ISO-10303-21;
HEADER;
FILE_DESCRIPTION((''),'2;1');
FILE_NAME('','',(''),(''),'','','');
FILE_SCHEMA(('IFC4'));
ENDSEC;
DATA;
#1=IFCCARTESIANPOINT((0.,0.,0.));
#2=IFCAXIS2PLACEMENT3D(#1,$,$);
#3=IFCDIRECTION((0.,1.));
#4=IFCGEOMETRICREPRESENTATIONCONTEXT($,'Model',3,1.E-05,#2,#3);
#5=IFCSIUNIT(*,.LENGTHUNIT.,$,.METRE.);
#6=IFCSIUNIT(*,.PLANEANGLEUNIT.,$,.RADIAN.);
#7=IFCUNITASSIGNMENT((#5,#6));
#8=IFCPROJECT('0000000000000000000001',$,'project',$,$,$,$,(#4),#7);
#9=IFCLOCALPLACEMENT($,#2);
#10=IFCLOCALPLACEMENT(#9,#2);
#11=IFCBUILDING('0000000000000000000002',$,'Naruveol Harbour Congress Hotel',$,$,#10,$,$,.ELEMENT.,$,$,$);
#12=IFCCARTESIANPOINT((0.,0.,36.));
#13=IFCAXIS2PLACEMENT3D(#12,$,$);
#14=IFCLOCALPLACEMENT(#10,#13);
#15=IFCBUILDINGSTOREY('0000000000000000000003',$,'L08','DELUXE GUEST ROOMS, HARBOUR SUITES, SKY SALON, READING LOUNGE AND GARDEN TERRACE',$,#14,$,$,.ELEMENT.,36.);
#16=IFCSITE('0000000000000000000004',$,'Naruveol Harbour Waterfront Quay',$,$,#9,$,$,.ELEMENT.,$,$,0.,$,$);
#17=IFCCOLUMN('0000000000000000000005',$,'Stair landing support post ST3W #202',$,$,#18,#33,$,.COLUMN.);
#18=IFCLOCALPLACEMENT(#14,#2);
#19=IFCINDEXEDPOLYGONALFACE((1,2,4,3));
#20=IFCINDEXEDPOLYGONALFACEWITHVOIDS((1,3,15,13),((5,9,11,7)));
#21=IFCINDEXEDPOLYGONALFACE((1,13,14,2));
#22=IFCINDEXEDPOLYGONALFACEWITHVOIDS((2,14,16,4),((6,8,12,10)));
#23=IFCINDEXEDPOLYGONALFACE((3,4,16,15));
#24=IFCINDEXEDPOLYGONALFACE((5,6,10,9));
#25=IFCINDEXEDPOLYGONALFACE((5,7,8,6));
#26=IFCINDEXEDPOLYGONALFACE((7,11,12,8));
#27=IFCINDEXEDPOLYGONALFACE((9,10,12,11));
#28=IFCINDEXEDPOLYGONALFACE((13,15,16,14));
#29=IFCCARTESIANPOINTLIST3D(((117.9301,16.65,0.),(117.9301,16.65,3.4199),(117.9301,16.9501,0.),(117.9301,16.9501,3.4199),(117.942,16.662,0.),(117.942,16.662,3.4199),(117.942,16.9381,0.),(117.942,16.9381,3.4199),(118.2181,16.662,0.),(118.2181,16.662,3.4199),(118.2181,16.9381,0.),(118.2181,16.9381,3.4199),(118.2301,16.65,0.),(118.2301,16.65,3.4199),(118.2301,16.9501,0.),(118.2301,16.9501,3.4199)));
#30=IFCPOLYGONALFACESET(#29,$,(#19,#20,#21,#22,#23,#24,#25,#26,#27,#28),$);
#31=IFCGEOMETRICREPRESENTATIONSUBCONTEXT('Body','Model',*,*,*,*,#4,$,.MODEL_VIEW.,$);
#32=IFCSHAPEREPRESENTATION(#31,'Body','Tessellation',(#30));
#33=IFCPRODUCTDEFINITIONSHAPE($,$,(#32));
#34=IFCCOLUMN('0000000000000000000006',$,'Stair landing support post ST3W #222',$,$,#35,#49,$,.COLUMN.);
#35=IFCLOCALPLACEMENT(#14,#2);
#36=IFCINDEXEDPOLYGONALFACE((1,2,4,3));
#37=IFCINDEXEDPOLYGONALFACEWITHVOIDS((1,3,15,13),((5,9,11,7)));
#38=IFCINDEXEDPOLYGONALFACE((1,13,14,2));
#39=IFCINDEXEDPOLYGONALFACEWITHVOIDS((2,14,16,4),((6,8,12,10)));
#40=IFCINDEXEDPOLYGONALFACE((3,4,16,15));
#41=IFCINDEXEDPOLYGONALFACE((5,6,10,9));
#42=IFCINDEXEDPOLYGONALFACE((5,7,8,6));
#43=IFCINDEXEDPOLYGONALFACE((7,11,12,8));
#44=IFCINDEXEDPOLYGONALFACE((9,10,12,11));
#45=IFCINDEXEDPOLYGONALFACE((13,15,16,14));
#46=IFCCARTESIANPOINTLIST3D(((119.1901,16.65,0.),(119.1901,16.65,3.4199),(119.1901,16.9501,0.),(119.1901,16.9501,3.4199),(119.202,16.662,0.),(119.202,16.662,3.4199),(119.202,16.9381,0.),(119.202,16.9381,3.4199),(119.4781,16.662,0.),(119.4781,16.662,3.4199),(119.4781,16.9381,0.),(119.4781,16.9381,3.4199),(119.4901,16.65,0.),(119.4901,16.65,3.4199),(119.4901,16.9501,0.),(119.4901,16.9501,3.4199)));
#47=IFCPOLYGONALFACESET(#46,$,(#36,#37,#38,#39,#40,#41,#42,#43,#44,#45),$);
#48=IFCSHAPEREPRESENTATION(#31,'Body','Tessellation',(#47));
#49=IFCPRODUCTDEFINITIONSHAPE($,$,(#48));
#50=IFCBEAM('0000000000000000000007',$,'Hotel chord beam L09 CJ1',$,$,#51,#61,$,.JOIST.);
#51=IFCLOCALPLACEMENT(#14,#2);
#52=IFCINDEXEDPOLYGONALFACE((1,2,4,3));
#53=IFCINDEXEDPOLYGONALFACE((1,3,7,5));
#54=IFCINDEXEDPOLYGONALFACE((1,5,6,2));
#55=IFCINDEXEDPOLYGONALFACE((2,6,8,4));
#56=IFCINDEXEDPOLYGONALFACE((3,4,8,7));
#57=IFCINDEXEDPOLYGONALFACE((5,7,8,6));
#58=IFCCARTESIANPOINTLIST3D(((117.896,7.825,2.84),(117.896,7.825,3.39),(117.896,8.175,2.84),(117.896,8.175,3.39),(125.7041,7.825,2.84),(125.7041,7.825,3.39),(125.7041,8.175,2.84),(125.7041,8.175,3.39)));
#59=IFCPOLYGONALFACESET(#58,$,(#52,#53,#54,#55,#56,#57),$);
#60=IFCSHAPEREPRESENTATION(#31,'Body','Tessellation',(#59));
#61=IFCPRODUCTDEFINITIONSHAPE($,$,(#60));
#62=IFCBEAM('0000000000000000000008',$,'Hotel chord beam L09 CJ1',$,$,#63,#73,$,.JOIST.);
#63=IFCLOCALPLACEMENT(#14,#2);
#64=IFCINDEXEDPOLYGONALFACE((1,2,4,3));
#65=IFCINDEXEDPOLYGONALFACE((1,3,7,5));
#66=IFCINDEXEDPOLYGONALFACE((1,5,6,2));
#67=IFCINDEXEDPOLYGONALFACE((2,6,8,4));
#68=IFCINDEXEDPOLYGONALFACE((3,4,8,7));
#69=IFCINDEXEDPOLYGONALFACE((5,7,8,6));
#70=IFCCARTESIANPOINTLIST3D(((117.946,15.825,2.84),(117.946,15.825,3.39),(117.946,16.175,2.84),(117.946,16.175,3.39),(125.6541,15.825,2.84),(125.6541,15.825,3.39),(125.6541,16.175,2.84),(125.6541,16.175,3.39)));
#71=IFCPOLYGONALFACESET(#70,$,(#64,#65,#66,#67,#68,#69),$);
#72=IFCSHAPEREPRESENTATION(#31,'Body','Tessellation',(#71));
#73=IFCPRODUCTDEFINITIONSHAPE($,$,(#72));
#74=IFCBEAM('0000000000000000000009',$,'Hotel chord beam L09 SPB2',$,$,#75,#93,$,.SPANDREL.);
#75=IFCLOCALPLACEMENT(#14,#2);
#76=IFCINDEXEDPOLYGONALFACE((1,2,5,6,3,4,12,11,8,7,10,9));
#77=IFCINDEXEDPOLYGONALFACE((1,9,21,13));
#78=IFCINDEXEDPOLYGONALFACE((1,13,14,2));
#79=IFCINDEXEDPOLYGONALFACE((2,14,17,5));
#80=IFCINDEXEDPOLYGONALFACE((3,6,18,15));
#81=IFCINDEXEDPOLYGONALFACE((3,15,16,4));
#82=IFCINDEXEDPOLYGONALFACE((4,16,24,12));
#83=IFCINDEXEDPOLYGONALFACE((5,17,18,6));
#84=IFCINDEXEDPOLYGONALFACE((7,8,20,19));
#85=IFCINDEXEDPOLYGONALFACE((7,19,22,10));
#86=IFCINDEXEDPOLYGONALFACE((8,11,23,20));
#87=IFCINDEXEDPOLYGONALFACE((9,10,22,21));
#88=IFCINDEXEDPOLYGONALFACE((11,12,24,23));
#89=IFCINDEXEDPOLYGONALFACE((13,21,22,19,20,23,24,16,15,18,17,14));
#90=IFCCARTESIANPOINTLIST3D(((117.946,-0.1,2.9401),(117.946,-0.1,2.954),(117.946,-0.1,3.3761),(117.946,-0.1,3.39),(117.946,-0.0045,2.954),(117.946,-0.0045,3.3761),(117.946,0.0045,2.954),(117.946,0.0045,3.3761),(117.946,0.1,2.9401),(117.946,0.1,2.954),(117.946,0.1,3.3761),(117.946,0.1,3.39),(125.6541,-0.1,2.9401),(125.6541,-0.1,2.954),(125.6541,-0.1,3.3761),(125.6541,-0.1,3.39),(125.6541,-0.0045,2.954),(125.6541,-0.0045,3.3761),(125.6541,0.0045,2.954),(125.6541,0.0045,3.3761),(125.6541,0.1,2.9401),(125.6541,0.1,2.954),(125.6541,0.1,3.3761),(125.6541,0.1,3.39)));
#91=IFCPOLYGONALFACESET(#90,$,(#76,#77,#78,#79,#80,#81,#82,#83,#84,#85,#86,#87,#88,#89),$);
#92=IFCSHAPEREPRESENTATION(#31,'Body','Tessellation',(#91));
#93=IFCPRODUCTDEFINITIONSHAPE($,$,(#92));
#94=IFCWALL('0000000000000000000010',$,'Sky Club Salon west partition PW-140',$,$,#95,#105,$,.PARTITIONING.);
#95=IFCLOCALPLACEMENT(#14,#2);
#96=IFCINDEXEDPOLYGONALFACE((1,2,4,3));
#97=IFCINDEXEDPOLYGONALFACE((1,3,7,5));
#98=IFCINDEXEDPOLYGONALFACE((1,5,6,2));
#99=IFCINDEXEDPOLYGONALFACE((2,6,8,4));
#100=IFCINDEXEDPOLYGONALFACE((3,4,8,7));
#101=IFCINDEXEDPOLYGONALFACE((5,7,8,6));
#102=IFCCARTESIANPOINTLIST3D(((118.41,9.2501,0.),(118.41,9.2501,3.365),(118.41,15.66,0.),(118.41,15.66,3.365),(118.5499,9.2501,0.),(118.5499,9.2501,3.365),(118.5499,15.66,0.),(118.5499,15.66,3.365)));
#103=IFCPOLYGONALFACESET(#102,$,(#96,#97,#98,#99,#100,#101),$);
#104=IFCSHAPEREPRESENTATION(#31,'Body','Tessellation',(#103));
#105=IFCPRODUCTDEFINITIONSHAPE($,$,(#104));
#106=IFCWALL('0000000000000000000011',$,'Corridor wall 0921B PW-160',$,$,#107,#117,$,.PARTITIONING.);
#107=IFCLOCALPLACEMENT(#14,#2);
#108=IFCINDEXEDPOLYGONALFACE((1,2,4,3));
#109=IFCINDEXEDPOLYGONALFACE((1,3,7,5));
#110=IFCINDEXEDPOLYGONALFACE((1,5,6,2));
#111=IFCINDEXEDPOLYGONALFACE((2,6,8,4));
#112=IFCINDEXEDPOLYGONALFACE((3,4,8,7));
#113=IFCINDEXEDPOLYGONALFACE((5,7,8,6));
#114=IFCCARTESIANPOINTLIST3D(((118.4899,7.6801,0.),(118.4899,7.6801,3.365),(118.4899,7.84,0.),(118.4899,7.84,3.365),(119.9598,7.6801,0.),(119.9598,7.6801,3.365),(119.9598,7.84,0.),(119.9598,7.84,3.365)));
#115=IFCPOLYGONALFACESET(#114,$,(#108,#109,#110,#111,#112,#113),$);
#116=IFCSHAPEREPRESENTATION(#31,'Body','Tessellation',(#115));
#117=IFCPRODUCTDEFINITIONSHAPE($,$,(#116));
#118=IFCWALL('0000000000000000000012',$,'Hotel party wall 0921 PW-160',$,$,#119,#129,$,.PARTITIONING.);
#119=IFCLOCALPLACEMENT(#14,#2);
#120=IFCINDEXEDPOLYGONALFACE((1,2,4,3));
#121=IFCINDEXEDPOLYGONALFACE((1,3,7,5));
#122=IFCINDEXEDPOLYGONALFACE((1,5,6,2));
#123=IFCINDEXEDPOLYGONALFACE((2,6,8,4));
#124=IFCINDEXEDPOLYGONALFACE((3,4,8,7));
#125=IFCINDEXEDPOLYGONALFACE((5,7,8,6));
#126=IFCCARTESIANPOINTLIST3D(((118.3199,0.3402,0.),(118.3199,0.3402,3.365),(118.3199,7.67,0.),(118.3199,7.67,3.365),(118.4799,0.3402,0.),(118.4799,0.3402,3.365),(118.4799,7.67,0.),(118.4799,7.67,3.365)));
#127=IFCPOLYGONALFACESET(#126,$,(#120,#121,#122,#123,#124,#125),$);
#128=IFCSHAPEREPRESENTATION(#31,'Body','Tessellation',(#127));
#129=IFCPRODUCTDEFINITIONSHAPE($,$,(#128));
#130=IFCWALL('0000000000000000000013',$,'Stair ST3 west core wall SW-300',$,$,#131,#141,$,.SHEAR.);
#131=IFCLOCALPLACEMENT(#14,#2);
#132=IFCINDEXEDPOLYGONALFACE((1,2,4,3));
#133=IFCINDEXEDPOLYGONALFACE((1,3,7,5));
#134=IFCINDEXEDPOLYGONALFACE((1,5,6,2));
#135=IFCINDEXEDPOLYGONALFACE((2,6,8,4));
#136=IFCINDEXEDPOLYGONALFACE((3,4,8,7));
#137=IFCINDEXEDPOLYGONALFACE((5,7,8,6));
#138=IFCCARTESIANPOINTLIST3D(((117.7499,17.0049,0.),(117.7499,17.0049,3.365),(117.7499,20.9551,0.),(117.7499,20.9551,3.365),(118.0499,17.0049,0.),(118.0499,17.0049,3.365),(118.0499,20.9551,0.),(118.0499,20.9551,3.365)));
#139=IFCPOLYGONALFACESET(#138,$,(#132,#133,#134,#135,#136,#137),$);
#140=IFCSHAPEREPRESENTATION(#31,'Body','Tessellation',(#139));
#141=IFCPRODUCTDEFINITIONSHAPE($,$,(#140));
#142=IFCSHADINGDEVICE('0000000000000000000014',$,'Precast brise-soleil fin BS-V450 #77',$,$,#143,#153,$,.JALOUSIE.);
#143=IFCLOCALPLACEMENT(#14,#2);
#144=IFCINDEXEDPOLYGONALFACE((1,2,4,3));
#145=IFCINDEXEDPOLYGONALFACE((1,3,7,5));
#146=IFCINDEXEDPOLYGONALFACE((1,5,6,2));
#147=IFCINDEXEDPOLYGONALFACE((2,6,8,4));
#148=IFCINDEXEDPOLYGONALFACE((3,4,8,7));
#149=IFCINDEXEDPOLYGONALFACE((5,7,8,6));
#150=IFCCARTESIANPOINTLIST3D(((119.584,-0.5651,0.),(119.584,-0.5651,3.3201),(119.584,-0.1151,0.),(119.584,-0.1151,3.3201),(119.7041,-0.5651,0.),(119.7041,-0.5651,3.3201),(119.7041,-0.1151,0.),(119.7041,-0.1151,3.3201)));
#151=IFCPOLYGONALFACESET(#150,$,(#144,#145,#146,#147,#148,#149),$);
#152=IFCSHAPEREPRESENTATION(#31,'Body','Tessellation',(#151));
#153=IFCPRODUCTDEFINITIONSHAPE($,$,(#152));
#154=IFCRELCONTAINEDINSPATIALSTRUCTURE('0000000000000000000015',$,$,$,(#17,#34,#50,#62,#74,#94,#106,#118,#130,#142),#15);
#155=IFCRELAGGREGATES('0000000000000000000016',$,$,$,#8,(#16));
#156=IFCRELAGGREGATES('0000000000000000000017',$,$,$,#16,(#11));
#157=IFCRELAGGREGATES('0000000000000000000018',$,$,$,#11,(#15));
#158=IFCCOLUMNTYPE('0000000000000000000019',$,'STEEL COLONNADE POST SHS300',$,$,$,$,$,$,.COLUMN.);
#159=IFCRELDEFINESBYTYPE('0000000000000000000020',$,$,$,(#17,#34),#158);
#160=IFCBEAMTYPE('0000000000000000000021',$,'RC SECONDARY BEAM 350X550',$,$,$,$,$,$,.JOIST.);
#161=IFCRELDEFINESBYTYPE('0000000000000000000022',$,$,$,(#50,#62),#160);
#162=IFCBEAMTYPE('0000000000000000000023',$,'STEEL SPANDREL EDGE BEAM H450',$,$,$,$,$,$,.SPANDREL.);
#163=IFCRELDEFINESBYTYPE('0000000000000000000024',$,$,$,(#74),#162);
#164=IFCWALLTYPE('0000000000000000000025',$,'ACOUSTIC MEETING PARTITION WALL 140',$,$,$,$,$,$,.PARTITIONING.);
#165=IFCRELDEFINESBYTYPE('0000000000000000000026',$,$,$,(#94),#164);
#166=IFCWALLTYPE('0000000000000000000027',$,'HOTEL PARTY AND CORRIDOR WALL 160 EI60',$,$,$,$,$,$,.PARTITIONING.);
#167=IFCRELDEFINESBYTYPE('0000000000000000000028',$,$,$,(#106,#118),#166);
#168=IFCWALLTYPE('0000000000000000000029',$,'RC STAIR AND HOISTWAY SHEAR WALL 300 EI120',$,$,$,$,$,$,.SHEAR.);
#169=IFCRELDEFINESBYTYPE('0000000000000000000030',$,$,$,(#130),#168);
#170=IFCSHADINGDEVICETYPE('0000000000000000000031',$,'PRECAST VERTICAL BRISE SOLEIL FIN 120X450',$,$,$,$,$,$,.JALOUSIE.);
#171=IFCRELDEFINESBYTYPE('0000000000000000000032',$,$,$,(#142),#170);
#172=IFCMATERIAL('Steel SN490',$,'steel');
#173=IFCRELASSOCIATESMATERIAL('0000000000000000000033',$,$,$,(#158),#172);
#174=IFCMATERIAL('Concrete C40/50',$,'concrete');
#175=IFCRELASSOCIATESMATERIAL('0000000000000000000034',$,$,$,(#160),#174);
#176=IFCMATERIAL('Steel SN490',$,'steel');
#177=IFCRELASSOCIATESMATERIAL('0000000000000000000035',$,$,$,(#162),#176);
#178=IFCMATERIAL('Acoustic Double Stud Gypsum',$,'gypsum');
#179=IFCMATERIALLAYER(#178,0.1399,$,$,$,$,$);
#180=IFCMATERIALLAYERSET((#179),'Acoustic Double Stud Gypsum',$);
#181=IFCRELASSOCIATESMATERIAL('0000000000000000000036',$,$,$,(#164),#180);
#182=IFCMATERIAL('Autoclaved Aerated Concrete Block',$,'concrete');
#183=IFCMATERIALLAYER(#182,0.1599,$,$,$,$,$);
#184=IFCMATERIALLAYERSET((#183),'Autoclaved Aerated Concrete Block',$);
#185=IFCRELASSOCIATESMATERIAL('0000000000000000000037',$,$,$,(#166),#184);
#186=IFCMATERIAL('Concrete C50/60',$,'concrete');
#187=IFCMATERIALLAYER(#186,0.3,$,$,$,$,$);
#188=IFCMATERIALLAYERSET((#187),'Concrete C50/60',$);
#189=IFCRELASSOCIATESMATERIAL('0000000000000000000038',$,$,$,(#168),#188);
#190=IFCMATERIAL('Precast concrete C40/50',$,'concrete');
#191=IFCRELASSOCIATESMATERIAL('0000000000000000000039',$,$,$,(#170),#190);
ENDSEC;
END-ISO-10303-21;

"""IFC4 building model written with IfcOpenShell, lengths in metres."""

from ifc_helpers import new_model, si_unit, direction, frame, frame_2d, origin, origin_2d, place, context, subcontext, project, spatial, rectangle, hollow_rectangle, i_section, extrude, material, layer, layer_set, material_profile, profile_set, type_object, element, save


model = new_model("IFC4")

# Units and contexts
model_context = context("Model", 3, precision=1e-05, world=origin(), true_north=direction((0.0, 1.0)))
body_context = subcontext(model_context, "Body", "Model", "MODEL_VIEW")
ifc_project = project(units=[si_unit("LENGTHUNIT", "METRE"), si_unit("PLANEANGLEUNIT", "RADIAN")], contexts=[model_context])

# Site, building, storey
site_placement = place(None, origin())
site = spatial("IfcSite", under=ifc_project, at=site_placement, Name="Naruveol Harbour Waterfront Quay", CompositionType="ELEMENT", RefElevation=0.0)
building_placement = place(site_placement, origin())
building = spatial("IfcBuilding", under=site, at=building_placement, Name="Naruveol Harbour Congress Hotel", CompositionType="ELEMENT")
storey_placement = place(building_placement, frame((0.0, 0.0, 36.0)))
storey = spatial("IfcBuildingStorey", under=building, at=storey_placement, Name="L08", Description="DELUXE GUEST ROOMS, HARBOUR SUITES, SKY SALON, READING LOUNGE AND GARDEN TERRACE", CompositionType="ELEMENT", Elevation=36.0)

# Columns
ifc_material_1 = material(Name="Steel SN490", Category="steel")
ifc_material_profile_1 = material_profile(ifc_material_1, hollow_rectangle(XDim=0.3, YDim=0.3, WallThickness=0.012, at=origin_2d()), Name="SHS-300x300x12")
ifc_profile_set_1 = profile_set([ifc_material_profile_1], Name="Steel SN490")
column_type = type_object("IfcColumnType", Name="STEEL COLONNADE POST SHS300", PredefinedType="COLUMN", material=ifc_profile_set_1)
for number, where, z_axis, x_axis, name in (
    (1, (118.0801, 16.8, 0.0), (0.0, 0.0, 1.0), (1.0, 0.0, 0.0), "Stair landing support post ST3W #202"),
    (2, (119.3401, 16.8, 0.0), (0.0, 0.0, 1.0), (1.0, 0.0, 0.0), "Stair landing support post ST3W #222"),
):
    element("IfcColumn", number, at=place(storey_placement, frame(where, z_axis=z_axis, x_axis=x_axis)), inside=storey, type_object=column_type, Name=name, PredefinedType="COLUMN", context=body_context, shape_type="SweptSolid", body=[
        extrude(hollow_rectangle(XDim=0.3, YDim=0.3, WallThickness=0.012, at=origin_2d()), origin(), (0.0, 0.0, 1.0), 3.4199),
    ])

# Beams
ifc_material_2 = material(Name="Concrete C40/50", Category="concrete")
ifc_material_profile_2 = material_profile(ifc_material_2, rectangle(XDim=0.3501, YDim=0.55, at=origin_2d()), Name="RCB-350x550")
ifc_profile_set_2 = profile_set([ifc_material_profile_2], Name="Concrete C40/50")
beam_type_1 = type_object("IfcBeamType", Name="RC SECONDARY BEAM 350X550", PredefinedType="JOIST", material=ifc_profile_set_2)
beam_1_placement = place(storey_placement, frame((117.896, 8.0, 3.115), z_axis=(1.0, 0.0, 0.0), x_axis=(0.0, 1.0, 0.0)))
element("IfcBeam", 3, at=beam_1_placement, inside=storey, type_object=beam_type_1, Name="Hotel chord beam L09 CJ1", PredefinedType="JOIST", context=body_context, shape_type="SweptSolid", body=[
    extrude(rectangle(XDim=0.3501, YDim=0.55, at=origin_2d()), origin(), (0.0, 0.0, 1.0), 7.8081),
])
beam_2_placement = place(storey_placement, frame((117.946, 16.0, 3.115), z_axis=(1.0, 0.0, 0.0), x_axis=(0.0, 1.0, 0.0)))
element("IfcBeam", 4, at=beam_2_placement, inside=storey, type_object=beam_type_1, Name="Hotel chord beam L09 CJ1", PredefinedType="JOIST", context=body_context, shape_type="SweptSolid", body=[
    extrude(rectangle(XDim=0.3501, YDim=0.55, at=origin_2d()), origin(), (0.0, 0.0, 1.0), 7.708),
])
ifc_material_3 = material(Name="Steel SN490", Category="steel")
ifc_material_profile_3 = material_profile(ifc_material_3, i_section(OverallWidth=0.2, OverallDepth=0.45, WebThickness=0.009, FlangeThickness=0.0139, at=origin_2d()), Name="H-450x200x9x14")
ifc_profile_set_3 = profile_set([ifc_material_profile_3], Name="Steel SN490")
beam_type_2 = type_object("IfcBeamType", Name="STEEL SPANDREL EDGE BEAM H450", PredefinedType="SPANDREL", material=ifc_profile_set_3)
beam_3_placement = place(storey_placement, frame((117.946, 0.0, 3.165), z_axis=(1.0, 0.0, 0.0), x_axis=(0.0, 1.0, 0.0)))
element("IfcBeam", 5, at=beam_3_placement, inside=storey, type_object=beam_type_2, Name="Hotel chord beam L09 SPB2", PredefinedType="SPANDREL", context=body_context, shape_type="SweptSolid", body=[
    extrude(i_section(OverallWidth=0.2, OverallDepth=0.45, WebThickness=0.009, FlangeThickness=0.0139, at=origin_2d()), origin(), (0.0, 0.0, 1.0), 7.708),
])

# Shared definitions
ifc_material_4 = material(Name="Acoustic Double Stud Gypsum", Category="gypsum")
ifc_layer_1 = layer(ifc_material_4, 0.1399)
ifc_layer_set_1 = layer_set([ifc_layer_1], Name="Acoustic Double Stud Gypsum")
wall_type_1 = type_object("IfcWallType", Name="ACOUSTIC MEETING PARTITION WALL 140", PredefinedType="PARTITIONING", material=ifc_layer_set_1)

# Wall
wall_1_placement = place(storey_placement, frame((118.48, 9.25, 0.0), z_axis=(0.0, 0.0, 1.0), x_axis=(0.0, 1.0, 0.0)))
element("IfcWall", 6, at=wall_1_placement, inside=storey, type_object=wall_type_1, Name="Sky Club Salon west partition PW-140", PredefinedType="PARTITIONING", context=body_context, shape_type="SweptSolid", body=[
    extrude(rectangle(XDim=6.4099, YDim=0.1399, at=frame_2d((3.2051, 0.0))), origin(), (0.0, 0.0, 1.0), 3.365),
])

# Walls
ifc_material_5 = material(Name="Autoclaved Aerated Concrete Block", Category="concrete")
ifc_layer_2 = layer(ifc_material_5, 0.1599)
ifc_layer_set_2 = layer_set([ifc_layer_2], Name="Autoclaved Aerated Concrete Block")
wall_type_2 = type_object("IfcWallType", Name="HOTEL PARTY AND CORRIDOR WALL 160 EI60", PredefinedType="PARTITIONING", material=ifc_layer_set_2)
wall_2_placement = place(storey_placement, frame((118.49, 7.76, 0.0), z_axis=(0.0, 0.0, 1.0), x_axis=(1.0, 0.0, 0.0)))
element("IfcWall", 7, at=wall_2_placement, inside=storey, type_object=wall_type_2, Name="Corridor wall 0921B PW-160", PredefinedType="PARTITIONING", context=body_context, shape_type="SweptSolid", body=[
    extrude(rectangle(XDim=1.47, YDim=0.1599, at=frame_2d((0.7349, 0.0))), origin(), (0.0, 0.0, 1.0), 3.365),
])
wall_3_placement = place(storey_placement, frame((118.3999, 0.3401, 0.0), z_axis=(0.0, 0.0, 1.0), x_axis=(0.0, 1.0, 0.0)))
element("IfcWall", 8, at=wall_3_placement, inside=storey, type_object=wall_type_2, Name="Hotel party wall 0921 PW-160", PredefinedType="PARTITIONING", context=body_context, shape_type="SweptSolid", body=[
    extrude(rectangle(XDim=7.3298, YDim=0.1599, at=frame_2d((3.665, 0.0))), origin(), (0.0, 0.0, 1.0), 3.365),
])
ifc_material_6 = material(Name="Concrete C50/60", Category="concrete")
ifc_layer_3 = layer(ifc_material_6, 0.3)
ifc_layer_set_3 = layer_set([ifc_layer_3], Name="Concrete C50/60")
wall_type_3 = type_object("IfcWallType", Name="RC STAIR AND HOISTWAY SHEAR WALL 300 EI120", PredefinedType="SHEAR", material=ifc_layer_set_3)
wall_4_placement = place(storey_placement, frame((117.8999, 17.0049, 0.0), z_axis=(0.0, 0.0, 1.0), x_axis=(0.0, 1.0, 0.0)))
element("IfcWall", 9, at=wall_4_placement, inside=storey, type_object=wall_type_3, Name="Stair ST3 west core wall SW-300", PredefinedType="SHEAR", context=body_context, shape_type="SweptSolid", body=[
    extrude(rectangle(XDim=3.9502, YDim=0.3, at=frame_2d((1.9751, 0.0))), origin(), (0.0, 0.0, 1.0), 3.365),
])

# Shading device
ifc_material_7 = material(Name="Precast concrete C40/50", Category="concrete")
shading_device_type = type_object("IfcShadingDeviceType", Name="PRECAST VERTICAL BRISE SOLEIL FIN 120X450", PredefinedType="JALOUSIE", material=ifc_material_7)
shading_device_placement = place(storey_placement, frame((119.644, -0.3401, 0.0), z_axis=(0.0, 0.0, 1.0), x_axis=(-1.0, 0.0, 0.0)))
element("IfcShadingDevice", 10, at=shading_device_placement, inside=storey, type_object=shading_device_type, Name="Precast brise-soleil fin BS-V450 #77", PredefinedType="JALOUSIE", context=body_context, shape_type="SweptSolid", body=[
    extrude(rectangle(XDim=0.1201, YDim=0.45, at=origin_2d()), origin(), (0.0, 0.0, 1.0), 3.3201),
])

save(model, "model.ifc")
